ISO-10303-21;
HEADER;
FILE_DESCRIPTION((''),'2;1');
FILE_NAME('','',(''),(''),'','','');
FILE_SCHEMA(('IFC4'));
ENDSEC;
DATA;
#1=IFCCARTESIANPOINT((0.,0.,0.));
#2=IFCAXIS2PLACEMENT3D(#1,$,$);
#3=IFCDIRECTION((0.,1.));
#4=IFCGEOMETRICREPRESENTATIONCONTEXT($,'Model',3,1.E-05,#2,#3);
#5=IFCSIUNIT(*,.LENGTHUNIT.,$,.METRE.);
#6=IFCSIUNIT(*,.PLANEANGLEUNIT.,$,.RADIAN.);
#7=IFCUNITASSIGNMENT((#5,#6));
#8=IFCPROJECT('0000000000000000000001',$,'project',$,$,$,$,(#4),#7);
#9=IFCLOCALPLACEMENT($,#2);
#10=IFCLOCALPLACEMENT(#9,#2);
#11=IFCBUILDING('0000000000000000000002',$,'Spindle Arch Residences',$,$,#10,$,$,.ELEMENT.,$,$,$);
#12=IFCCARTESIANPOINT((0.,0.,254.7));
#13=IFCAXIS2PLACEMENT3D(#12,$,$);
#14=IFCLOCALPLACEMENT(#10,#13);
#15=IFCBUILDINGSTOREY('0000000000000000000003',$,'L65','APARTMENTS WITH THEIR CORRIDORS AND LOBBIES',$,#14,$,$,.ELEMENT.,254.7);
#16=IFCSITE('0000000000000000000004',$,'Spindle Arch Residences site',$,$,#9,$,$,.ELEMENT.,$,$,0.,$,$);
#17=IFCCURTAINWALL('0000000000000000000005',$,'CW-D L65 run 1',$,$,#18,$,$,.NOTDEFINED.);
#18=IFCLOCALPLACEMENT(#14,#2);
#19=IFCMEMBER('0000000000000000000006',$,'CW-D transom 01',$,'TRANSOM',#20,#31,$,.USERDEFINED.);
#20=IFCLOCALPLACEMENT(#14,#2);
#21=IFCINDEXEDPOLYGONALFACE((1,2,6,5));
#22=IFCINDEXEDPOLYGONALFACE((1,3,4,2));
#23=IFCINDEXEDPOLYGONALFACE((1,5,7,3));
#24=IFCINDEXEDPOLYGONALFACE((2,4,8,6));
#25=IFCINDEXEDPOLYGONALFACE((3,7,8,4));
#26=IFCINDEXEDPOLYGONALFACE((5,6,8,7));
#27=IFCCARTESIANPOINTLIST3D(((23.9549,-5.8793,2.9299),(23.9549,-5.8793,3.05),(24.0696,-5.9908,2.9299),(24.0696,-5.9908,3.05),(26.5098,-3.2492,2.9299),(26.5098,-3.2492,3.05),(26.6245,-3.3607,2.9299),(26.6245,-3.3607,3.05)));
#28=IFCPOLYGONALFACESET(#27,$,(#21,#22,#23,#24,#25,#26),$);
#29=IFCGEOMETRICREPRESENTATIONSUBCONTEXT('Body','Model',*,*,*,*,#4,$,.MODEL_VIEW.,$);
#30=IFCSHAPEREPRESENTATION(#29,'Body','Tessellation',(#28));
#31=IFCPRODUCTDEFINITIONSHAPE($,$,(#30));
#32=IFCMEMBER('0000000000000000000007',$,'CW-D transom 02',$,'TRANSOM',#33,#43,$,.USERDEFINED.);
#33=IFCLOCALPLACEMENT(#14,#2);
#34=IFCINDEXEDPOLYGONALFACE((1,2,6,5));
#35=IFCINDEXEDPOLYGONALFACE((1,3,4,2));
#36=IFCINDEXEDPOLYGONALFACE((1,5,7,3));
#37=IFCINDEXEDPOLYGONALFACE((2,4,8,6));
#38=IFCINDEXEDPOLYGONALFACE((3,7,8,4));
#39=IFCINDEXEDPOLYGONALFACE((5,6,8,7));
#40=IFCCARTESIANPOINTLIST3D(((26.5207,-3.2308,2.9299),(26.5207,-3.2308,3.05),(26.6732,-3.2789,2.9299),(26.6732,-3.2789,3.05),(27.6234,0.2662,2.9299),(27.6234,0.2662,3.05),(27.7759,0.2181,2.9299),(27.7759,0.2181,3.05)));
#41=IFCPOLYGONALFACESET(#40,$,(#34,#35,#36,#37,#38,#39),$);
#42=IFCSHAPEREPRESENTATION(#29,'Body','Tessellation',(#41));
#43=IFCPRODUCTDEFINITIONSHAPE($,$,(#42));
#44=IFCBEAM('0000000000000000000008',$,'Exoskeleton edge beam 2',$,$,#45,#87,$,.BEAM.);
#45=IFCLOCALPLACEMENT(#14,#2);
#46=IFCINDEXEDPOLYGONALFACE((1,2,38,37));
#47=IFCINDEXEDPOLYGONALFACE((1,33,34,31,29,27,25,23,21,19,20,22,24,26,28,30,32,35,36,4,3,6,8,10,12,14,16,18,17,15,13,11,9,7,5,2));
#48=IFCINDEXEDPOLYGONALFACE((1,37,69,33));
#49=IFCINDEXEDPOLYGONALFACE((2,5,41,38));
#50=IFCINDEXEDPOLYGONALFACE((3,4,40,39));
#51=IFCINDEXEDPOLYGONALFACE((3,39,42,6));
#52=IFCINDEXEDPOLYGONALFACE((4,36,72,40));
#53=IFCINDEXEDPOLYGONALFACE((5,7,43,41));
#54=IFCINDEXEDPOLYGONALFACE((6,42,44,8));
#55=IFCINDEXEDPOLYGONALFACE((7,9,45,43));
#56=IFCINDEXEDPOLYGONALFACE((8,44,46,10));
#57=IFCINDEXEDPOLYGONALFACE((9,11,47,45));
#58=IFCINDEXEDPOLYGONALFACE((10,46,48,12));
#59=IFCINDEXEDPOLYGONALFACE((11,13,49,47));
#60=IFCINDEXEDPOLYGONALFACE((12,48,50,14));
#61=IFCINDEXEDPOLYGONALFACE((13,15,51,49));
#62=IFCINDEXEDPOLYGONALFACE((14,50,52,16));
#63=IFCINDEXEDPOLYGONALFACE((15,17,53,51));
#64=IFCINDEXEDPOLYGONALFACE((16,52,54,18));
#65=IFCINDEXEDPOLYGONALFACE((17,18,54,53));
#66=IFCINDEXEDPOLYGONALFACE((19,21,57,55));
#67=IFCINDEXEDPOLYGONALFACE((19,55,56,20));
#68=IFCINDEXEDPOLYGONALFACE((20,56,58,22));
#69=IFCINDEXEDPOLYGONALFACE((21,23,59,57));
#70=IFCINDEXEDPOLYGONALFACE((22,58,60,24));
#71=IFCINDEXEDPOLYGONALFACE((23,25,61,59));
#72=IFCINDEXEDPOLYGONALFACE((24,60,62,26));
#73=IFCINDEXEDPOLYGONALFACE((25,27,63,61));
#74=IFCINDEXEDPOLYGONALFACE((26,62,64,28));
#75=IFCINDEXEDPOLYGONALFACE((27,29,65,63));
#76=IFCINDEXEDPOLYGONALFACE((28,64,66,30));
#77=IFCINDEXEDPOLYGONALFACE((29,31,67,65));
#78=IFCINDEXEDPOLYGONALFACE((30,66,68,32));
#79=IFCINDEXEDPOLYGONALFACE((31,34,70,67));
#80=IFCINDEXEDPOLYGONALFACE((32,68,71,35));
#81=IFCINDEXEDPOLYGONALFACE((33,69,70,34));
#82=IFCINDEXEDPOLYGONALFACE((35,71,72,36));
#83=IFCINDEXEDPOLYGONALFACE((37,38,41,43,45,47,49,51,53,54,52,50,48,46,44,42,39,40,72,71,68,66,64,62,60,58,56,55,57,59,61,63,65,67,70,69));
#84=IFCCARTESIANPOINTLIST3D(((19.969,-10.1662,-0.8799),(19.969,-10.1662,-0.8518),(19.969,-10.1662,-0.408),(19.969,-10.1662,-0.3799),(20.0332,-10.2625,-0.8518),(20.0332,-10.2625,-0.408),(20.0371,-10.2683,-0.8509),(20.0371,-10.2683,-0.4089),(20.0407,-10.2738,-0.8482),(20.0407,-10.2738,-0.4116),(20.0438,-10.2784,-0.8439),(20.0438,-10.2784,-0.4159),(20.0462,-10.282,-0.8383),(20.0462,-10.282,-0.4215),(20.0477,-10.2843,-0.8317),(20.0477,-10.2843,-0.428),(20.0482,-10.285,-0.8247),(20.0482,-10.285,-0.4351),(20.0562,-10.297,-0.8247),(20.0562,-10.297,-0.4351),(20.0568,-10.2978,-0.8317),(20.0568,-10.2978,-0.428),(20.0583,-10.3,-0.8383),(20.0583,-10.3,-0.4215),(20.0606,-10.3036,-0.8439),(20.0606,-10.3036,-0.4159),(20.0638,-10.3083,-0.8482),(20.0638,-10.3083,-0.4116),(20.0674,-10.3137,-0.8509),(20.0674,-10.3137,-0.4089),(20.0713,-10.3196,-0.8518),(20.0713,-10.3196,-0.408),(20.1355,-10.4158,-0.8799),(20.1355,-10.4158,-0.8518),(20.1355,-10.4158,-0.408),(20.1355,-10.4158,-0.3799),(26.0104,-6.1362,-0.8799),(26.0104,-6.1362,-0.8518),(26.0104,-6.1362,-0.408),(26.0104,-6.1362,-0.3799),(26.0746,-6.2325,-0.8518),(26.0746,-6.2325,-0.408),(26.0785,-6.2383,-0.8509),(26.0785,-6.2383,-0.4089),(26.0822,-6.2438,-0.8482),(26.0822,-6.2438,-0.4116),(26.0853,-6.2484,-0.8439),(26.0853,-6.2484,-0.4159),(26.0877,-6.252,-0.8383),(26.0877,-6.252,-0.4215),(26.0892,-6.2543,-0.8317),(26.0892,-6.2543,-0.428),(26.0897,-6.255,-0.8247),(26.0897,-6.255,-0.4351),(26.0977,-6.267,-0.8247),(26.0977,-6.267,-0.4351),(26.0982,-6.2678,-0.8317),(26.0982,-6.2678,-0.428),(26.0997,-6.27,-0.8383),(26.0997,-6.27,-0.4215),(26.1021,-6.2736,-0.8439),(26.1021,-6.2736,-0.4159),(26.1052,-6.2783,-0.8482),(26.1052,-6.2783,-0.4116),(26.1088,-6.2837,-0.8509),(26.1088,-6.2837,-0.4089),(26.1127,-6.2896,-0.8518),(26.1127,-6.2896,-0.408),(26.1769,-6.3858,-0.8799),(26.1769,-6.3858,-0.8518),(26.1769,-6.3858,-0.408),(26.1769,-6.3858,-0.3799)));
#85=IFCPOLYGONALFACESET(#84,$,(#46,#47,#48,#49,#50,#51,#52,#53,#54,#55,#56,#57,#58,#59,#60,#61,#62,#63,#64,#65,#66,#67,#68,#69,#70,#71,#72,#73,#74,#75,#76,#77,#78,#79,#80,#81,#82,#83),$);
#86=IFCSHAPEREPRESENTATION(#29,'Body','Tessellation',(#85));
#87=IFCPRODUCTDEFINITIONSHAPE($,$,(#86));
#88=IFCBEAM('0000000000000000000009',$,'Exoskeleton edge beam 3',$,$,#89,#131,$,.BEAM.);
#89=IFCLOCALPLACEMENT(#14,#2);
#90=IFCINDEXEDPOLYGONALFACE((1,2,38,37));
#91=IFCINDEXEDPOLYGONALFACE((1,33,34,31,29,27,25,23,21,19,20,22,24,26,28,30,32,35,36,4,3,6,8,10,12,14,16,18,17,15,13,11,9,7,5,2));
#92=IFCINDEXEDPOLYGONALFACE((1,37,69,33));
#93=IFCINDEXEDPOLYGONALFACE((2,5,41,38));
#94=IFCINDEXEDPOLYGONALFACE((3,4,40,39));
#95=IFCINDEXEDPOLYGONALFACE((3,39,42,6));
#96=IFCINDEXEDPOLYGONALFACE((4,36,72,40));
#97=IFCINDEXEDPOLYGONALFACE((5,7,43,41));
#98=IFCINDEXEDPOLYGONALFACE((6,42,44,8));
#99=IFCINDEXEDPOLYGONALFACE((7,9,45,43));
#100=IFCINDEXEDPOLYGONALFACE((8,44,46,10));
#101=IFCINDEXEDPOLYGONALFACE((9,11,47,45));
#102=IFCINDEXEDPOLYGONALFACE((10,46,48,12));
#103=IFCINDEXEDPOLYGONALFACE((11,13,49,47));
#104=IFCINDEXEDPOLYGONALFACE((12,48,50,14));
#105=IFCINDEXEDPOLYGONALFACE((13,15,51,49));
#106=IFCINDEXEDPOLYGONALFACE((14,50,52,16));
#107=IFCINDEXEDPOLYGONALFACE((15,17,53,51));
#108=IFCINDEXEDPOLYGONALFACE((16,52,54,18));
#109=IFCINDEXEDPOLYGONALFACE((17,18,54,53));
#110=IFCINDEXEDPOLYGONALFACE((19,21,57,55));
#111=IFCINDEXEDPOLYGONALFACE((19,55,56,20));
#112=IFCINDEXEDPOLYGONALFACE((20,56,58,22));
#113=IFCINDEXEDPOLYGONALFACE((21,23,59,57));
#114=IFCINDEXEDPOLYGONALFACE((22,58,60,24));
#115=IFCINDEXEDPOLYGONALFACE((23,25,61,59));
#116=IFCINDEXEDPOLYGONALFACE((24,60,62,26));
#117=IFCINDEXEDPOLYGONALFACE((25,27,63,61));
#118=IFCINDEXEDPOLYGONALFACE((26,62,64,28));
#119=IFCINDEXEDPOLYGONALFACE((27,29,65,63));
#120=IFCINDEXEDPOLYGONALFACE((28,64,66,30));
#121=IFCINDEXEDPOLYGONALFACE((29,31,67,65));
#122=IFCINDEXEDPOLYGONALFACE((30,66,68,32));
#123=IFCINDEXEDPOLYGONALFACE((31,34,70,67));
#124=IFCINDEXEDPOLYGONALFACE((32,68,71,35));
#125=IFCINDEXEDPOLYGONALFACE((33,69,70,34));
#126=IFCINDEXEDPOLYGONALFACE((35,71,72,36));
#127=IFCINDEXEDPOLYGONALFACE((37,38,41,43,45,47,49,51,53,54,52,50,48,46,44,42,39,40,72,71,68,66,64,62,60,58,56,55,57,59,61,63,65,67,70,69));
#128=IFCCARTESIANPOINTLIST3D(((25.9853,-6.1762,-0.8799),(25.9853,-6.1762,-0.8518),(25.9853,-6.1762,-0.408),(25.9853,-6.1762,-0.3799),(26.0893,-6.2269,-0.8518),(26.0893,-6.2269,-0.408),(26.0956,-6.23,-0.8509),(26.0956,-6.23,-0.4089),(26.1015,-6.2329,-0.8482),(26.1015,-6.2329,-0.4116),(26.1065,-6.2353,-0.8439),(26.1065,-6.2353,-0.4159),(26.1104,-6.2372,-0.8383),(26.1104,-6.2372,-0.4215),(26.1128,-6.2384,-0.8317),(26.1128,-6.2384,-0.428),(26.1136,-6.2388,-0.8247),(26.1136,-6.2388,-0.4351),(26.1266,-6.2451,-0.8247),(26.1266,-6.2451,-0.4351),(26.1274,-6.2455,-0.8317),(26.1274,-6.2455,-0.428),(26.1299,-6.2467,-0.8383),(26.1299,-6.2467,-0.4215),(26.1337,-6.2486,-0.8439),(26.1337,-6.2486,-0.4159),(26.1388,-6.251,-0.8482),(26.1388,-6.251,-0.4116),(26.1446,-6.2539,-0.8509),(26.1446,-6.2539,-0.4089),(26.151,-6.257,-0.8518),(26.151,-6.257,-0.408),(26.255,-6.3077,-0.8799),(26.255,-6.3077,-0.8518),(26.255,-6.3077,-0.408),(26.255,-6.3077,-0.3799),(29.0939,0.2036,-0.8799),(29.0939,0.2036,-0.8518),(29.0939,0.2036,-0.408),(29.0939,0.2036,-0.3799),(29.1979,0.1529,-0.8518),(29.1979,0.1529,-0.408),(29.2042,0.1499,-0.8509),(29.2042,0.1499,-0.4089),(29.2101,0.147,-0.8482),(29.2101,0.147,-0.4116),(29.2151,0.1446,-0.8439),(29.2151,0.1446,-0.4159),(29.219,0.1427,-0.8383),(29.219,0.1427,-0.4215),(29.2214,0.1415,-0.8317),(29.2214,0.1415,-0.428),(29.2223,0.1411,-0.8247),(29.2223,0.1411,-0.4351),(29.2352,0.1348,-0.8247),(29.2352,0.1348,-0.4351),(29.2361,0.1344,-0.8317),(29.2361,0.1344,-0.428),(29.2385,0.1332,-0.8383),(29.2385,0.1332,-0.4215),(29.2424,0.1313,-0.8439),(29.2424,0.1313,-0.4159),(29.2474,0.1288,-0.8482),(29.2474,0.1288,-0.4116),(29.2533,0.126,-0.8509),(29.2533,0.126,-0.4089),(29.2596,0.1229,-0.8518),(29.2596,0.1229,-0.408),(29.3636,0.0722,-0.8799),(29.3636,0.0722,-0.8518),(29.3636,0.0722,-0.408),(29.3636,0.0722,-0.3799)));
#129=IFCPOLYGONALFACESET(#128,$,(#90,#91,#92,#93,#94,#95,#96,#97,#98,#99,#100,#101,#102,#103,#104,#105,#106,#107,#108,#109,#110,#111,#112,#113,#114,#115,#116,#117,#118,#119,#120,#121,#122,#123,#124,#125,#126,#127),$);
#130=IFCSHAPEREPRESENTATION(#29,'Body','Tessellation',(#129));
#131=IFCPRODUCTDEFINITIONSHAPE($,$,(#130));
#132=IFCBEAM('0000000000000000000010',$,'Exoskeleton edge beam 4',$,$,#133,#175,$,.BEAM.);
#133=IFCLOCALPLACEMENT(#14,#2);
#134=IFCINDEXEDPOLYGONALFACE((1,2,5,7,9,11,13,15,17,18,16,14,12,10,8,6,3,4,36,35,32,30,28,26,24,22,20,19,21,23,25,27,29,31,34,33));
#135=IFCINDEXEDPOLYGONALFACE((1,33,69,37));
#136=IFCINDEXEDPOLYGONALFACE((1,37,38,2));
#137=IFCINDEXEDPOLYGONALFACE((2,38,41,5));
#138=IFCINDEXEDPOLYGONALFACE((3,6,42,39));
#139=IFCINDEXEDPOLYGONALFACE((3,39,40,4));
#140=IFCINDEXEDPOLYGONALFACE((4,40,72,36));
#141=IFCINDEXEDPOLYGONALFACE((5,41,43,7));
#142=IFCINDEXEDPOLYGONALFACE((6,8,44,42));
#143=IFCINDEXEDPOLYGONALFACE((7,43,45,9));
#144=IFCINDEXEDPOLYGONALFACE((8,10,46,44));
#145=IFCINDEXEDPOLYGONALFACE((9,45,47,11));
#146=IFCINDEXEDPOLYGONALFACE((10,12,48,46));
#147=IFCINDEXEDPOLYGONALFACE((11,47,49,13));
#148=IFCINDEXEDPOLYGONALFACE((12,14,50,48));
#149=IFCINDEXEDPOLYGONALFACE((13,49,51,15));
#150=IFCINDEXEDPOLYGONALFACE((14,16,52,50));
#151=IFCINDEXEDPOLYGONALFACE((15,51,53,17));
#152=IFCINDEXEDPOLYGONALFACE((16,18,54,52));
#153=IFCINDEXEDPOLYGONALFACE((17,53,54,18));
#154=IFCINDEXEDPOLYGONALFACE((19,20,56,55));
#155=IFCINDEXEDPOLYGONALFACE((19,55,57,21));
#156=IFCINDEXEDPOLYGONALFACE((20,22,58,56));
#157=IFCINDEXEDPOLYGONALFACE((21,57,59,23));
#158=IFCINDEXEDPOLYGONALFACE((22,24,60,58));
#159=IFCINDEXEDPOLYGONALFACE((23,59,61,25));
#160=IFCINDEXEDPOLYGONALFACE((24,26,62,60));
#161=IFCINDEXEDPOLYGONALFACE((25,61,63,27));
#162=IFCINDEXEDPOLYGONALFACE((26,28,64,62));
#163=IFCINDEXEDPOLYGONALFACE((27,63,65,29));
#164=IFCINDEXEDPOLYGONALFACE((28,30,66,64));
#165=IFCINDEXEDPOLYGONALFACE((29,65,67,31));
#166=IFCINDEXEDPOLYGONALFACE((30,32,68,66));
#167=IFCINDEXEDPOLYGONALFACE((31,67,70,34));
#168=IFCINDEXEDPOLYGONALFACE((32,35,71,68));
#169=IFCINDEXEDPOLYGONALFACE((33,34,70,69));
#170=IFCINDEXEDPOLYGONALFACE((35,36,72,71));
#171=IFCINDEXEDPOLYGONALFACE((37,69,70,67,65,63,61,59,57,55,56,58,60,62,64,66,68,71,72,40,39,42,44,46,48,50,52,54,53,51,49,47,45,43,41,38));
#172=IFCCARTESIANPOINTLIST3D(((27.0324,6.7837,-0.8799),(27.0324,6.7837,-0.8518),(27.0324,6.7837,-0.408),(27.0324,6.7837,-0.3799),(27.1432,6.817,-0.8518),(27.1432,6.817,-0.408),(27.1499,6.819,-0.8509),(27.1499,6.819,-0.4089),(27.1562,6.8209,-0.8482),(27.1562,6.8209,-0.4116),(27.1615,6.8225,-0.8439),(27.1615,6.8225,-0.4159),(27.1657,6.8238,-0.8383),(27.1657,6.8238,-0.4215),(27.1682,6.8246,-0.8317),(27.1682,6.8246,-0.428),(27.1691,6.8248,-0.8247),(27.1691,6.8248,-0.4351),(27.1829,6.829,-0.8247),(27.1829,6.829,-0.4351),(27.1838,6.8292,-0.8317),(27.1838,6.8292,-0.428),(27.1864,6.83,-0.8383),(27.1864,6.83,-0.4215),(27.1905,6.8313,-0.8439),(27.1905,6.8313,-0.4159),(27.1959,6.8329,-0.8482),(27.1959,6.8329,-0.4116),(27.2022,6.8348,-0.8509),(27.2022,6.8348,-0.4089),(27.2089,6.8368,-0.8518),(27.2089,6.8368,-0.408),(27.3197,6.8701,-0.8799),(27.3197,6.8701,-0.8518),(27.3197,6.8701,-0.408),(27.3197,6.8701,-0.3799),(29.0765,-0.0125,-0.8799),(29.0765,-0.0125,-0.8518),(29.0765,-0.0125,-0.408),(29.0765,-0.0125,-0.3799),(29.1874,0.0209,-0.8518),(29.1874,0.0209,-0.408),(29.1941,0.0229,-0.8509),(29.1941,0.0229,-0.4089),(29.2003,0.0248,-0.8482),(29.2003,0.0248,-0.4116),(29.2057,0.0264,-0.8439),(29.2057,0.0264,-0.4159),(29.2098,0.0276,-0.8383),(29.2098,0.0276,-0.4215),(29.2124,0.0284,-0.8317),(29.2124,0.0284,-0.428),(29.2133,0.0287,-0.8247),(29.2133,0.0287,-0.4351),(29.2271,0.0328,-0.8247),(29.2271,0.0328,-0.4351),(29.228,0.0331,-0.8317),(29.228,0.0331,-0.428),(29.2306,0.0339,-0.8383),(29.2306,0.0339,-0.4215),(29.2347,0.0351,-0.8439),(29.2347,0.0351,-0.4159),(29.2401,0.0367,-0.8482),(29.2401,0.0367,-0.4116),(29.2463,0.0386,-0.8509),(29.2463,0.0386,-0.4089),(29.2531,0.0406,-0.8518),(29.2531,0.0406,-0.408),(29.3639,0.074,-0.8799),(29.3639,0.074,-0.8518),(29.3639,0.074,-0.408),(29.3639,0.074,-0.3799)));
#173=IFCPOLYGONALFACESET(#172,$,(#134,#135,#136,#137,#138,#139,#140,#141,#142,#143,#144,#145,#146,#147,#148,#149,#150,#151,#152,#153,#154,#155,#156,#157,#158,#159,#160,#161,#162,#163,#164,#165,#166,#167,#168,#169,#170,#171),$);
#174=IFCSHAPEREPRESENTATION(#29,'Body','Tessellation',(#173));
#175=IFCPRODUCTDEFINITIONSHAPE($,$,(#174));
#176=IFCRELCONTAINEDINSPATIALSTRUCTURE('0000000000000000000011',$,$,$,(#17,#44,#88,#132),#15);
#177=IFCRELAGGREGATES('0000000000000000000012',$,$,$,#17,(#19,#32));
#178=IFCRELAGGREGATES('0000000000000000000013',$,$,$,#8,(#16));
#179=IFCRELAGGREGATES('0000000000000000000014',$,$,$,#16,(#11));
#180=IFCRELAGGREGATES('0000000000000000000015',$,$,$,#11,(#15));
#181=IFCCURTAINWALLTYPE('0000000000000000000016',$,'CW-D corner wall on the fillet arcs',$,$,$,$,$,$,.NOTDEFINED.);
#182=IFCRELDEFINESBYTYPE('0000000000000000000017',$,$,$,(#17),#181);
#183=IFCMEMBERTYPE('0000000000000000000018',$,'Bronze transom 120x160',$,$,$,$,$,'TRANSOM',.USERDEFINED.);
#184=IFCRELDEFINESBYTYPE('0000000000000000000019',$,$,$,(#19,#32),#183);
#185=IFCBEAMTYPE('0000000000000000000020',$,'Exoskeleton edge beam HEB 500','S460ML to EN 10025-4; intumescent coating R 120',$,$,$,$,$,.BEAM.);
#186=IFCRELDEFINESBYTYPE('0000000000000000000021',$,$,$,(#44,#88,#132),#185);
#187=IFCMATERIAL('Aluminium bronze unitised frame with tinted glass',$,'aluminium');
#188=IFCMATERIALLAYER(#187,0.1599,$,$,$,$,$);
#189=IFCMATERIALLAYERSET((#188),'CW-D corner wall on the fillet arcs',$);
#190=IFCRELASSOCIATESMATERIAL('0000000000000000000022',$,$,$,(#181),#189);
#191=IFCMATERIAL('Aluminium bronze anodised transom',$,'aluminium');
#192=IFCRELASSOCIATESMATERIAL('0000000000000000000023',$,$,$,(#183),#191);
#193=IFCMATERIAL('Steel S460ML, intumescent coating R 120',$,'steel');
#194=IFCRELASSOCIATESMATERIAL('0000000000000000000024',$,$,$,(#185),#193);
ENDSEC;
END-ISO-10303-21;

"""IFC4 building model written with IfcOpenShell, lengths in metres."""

from ifc_helpers import new_model, si_unit, direction, frame, origin, origin_2d, place, context, subcontext, project, spatial, rectangle, i_section, extrude, material, layer, layer_set, material_profile, profile_set, type_object, element, aggregate, save


model = new_model("IFC4")

# Units and contexts
model_context = context("Model", 3, precision=1e-05, world=origin(), true_north=direction((0.0, 1.0)))
body_context = subcontext(model_context, "Body", "Model", "MODEL_VIEW")
ifc_project = project(units=[si_unit("LENGTHUNIT", "METRE"), si_unit("PLANEANGLEUNIT", "RADIAN")], contexts=[model_context])

# Site, building, storey
site_placement = place(None, origin())
site = spatial("IfcSite", under=ifc_project, at=site_placement, Name="Spindle Arch Residences site", CompositionType="ELEMENT", RefElevation=0.0)
building_placement = place(site_placement, origin())
building = spatial("IfcBuilding", under=site, at=building_placement, Name="Spindle Arch Residences", CompositionType="ELEMENT")
storey_placement = place(building_placement, frame((0.0, 0.0, 254.7)))
storey = spatial("IfcBuildingStorey", under=building, at=storey_placement, Name="L65", Description="APARTMENTS WITH THEIR CORRIDORS AND LOBBIES", CompositionType="ELEMENT", Elevation=254.7)

# Curtain wall, members
ifc_material_1 = material(Name="Aluminium bronze unitised frame with tinted glass", Category="aluminium")
ifc_layer_1 = layer(ifc_material_1, 0.1599)
ifc_layer_set_1 = layer_set([ifc_layer_1], Name="CW-D corner wall on the fillet arcs")
curtain_wall_type = type_object("IfcCurtainWallType", Name="CW-D corner wall on the fillet arcs", PredefinedType="NOTDEFINED", material=ifc_layer_set_1)
curtain_wall_placement = place(storey_placement, origin())
curtain_wall = element("IfcCurtainWall", 1, at=curtain_wall_placement, inside=storey, type_object=curtain_wall_type, Name="CW-D L65 run 1", PredefinedType="NOTDEFINED")
ifc_material_2 = material(Name="Aluminium bronze anodised transom", Category="aluminium")
ifc_material_profile_1 = material_profile(ifc_material_2, rectangle(XDim=0.1599, YDim=0.1201, at=origin_2d()), Name="TR 120x160")
ifc_profile_set_1 = profile_set([ifc_material_profile_1], Name="Aluminium bronze anodised transom")
member_type_1 = type_object("IfcMemberType", Name="Bronze transom 120x160", ElementType="TRANSOM", PredefinedType="USERDEFINED", material=ifc_profile_set_1)
member_1_placement = place(storey_placement, frame((24.0122, -5.9351, 2.99), z_axis=(0.696779, 0.717286, 0.0), x_axis=(-0.717286, 0.696779, 0.0)))
member_1 = element("IfcMember", 2, at=member_1_placement, type_object=member_type_1, Name="CW-D transom 01", ObjectType="TRANSOM", PredefinedType="USERDEFINED", context=body_context, shape_type="SweptSolid", body=[
    extrude(rectangle(XDim=0.1599, YDim=0.1201, at=origin_2d()), origin(), (0.0, 0.0, 1.0), 3.6667),
])
member_2_placement = place(storey_placement, frame((26.5969, -3.2549, 2.99), z_axis=(0.300746, 0.953704, 0.0), x_axis=(-0.953704, 0.300746, 0.0)))
member_2 = element("IfcMember", 3, at=member_2_placement, type_object=member_type_1, Name="CW-D transom 02", ObjectType="TRANSOM", PredefinedType="USERDEFINED", context=body_context, shape_type="SweptSolid", body=[
    extrude(rectangle(XDim=0.1599, YDim=0.1201, at=origin_2d()), origin(), (0.0, 0.0, 1.0), 3.6667),
])

# Beams
ifc_material_3 = material(Name="Steel S460ML, intumescent coating R 120", Category="steel")
ifc_material_profile_2 = material_profile(ifc_material_3, i_section(OverallWidth=0.3, OverallDepth=0.5, WebThickness=0.0144, FlangeThickness=0.0281, FilletRadius=0.0271, at=origin_2d()), Name="HEB 500")
ifc_profile_set_2 = profile_set([ifc_material_profile_2], Name="Steel S460ML, intumescent coating R 120")
beam_type_1 = type_object("IfcBeamType", Name="Exoskeleton edge beam HEB 500", Description="S460ML to EN 10025-4; intumescent coating R 120", PredefinedType="BEAM", material=ifc_profile_set_2)
beam_1_placement = place(storey_placement, frame((20.0522, -10.291, -0.6299), z_axis=(0.8319, 0.554925, 0.0), x_axis=(-0.554925, 0.8319, 0.0)))
element("IfcBeam", 4, at=beam_1_placement, inside=storey, type_object=beam_type_1, Name="Exoskeleton edge beam 2", PredefinedType="BEAM", context=body_context, shape_type="SweptSolid", body=[
    extrude(i_section(OverallWidth=0.3, OverallDepth=0.5, WebThickness=0.0144, FlangeThickness=0.0281, FilletRadius=0.0271, at=origin_2d()), origin(), (0.0, 0.0, 1.0), 7.2622),
])
for number, where, z_axis, x_axis, name in (
    (5, (26.1201, -6.2419, -0.6299), (0.438026, 0.898962, 0.0), (-0.898962, 0.438026, 0.0), "Exoskeleton edge beam 3"),
    (6, (29.2202, 0.0308, -0.6299), (-0.288039, 0.957619, 0.0), (-0.957619, -0.288039, 0.0), "Exoskeleton edge beam 4"),
):
    element("IfcBeam", number, at=place(storey_placement, frame(where, z_axis=z_axis, x_axis=x_axis)), inside=storey, type_object=beam_type_1, Name=name, PredefinedType="BEAM", context=body_context, shape_type="SweptSolid", body=[
        extrude(i_section(OverallWidth=0.3, OverallDepth=0.5, WebThickness=0.0144, FlangeThickness=0.0281, FilletRadius=0.0271, at=origin_2d()), origin(), (0.0, 0.0, 1.0), 7.0969),
    ])

aggregate(curtain_wall, [member_1, member_2])

save(model, "model.ifc")
